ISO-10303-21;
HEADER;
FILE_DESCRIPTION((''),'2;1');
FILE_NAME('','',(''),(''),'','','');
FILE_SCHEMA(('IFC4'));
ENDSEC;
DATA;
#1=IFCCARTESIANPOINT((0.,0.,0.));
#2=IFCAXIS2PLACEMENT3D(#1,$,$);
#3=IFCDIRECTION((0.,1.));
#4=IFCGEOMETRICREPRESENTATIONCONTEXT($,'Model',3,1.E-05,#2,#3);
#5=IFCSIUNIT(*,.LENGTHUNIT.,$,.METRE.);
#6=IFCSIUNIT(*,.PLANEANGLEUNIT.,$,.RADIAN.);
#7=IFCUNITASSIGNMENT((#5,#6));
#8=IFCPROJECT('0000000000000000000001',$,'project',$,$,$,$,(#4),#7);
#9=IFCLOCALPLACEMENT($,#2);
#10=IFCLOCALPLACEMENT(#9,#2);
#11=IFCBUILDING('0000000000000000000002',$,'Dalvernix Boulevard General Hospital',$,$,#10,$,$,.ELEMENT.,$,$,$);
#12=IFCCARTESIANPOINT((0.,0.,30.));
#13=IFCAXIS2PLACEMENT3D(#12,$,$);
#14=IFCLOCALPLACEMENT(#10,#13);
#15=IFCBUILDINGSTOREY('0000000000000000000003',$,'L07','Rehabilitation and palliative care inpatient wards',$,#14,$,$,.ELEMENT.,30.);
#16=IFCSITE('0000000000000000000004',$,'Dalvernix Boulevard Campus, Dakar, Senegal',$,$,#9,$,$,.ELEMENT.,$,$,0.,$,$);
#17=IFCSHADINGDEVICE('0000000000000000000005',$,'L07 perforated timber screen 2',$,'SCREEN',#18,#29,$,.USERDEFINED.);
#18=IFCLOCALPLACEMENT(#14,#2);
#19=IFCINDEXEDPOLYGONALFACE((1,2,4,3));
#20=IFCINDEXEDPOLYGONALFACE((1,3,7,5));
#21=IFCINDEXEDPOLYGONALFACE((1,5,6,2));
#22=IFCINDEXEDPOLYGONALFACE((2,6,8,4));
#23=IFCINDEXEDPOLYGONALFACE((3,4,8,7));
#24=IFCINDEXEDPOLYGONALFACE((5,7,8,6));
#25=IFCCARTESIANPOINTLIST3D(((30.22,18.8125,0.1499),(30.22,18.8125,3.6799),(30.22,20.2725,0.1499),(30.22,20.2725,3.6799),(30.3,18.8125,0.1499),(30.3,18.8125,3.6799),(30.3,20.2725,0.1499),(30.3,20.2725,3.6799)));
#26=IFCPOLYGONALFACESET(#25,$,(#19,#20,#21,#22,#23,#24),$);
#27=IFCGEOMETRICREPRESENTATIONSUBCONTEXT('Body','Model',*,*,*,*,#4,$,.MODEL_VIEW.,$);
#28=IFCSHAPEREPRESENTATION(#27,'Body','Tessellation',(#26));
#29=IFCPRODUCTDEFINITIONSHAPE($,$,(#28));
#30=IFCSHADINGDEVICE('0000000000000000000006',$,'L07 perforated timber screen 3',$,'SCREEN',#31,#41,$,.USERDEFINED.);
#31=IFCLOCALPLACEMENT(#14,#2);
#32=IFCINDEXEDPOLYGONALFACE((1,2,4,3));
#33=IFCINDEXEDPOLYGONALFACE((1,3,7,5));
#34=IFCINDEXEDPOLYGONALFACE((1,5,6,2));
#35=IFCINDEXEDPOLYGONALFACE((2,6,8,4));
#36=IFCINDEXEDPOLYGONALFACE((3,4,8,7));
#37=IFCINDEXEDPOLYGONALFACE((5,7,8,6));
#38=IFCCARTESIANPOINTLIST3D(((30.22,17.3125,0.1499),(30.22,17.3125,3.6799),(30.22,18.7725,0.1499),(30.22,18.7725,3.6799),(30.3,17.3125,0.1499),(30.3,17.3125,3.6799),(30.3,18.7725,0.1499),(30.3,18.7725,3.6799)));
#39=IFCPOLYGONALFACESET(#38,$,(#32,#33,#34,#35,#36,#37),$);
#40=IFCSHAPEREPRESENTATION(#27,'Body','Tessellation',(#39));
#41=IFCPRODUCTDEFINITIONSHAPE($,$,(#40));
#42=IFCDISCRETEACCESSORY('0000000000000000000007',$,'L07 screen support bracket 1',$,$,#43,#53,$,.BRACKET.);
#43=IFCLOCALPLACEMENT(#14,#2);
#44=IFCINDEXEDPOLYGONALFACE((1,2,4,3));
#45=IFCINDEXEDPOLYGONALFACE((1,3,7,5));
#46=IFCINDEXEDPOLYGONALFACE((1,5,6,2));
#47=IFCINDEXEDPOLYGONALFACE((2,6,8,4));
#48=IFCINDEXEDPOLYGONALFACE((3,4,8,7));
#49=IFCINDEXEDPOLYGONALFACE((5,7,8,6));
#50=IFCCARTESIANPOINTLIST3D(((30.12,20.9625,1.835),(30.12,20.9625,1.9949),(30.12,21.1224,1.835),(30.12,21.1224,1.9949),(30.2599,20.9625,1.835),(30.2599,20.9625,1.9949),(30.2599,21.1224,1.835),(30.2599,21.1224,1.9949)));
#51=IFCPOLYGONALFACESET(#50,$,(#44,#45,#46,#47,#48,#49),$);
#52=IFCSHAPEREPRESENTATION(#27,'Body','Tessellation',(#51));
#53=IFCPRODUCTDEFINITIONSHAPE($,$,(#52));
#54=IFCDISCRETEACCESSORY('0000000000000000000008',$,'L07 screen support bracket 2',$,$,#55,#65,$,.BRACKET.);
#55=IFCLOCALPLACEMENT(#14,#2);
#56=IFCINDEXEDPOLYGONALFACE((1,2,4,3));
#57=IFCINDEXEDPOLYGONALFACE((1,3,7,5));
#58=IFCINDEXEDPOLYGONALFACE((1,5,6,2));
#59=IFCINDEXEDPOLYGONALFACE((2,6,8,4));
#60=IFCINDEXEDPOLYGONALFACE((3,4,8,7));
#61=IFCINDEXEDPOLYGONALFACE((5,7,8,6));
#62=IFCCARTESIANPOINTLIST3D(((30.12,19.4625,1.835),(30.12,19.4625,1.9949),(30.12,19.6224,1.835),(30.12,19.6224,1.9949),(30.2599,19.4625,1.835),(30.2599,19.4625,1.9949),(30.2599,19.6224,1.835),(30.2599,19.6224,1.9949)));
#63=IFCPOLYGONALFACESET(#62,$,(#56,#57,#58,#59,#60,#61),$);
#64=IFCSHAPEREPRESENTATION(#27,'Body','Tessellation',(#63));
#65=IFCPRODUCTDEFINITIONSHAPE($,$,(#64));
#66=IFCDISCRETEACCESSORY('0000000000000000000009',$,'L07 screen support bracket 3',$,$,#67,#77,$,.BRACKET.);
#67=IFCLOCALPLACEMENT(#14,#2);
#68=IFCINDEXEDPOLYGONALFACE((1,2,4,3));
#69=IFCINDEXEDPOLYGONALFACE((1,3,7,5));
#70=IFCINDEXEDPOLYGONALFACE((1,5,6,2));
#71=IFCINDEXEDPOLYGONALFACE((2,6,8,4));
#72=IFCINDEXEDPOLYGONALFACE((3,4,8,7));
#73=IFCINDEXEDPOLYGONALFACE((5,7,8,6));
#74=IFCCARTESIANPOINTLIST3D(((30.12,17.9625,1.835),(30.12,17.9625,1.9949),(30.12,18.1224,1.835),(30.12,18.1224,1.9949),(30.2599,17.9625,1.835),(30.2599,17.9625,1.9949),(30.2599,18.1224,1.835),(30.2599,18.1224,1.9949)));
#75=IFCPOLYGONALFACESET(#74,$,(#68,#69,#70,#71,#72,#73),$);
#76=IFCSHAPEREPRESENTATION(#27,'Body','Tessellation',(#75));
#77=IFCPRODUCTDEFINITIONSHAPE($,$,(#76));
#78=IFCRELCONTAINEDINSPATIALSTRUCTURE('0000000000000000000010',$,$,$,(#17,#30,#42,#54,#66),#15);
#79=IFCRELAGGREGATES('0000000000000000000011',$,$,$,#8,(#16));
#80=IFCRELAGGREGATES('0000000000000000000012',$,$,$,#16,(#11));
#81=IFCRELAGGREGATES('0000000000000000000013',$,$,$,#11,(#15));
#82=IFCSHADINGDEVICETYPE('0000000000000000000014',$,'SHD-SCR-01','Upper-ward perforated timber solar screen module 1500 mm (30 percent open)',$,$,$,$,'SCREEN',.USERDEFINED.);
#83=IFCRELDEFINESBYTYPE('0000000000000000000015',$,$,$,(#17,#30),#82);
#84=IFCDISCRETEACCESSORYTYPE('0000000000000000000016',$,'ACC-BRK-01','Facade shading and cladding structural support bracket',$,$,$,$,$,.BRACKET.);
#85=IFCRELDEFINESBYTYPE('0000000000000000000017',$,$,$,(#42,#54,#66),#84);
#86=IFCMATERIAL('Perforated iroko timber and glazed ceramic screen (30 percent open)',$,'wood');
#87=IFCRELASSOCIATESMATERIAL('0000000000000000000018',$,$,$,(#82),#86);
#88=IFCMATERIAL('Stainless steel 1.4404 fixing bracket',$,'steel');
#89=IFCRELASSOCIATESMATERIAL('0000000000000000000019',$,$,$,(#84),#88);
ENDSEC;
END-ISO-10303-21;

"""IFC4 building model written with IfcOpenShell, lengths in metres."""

from ifc_helpers import new_model, si_unit, direction, frame, origin, origin_2d, place, context, subcontext, project, spatial, rectangle, extrude, material, type_object, element, save


model = new_model("IFC4")

# Units and contexts
model_context = context("Model", 3, precision=1e-05, world=origin(), true_north=direction((0.0, 1.0)))
body_context = subcontext(model_context, "Body", "Model", "MODEL_VIEW")
ifc_project = project(units=[si_unit("LENGTHUNIT", "METRE"), si_unit("PLANEANGLEUNIT", "RADIAN")], contexts=[model_context])

# Site, building, storey
site_placement = place(None, origin())
site = spatial("IfcSite", under=ifc_project, at=site_placement, Name="Dalvernix Boulevard Campus, Dakar, Senegal", CompositionType="ELEMENT", RefElevation=0.0)
building_placement = place(site_placement, origin())
building = spatial("IfcBuilding", under=site, at=building_placement, Name="Dalvernix Boulevard General Hospital", CompositionType="ELEMENT")
storey_placement = place(building_placement, frame((0.0, 0.0, 30.0)))
storey = spatial("IfcBuildingStorey", under=building, at=storey_placement, Name="L07", Description="Rehabilitation and palliative care inpatient wards", CompositionType="ELEMENT", Elevation=30.0)

# Shading devices
ifc_material_1 = material(Name="Perforated iroko timber and glazed ceramic screen (30 percent open)", Category="wood")
shading_device_type = type_object("IfcShadingDeviceType", Name="SHD-SCR-01", Description="Upper-ward perforated timber solar screen module 1500 mm (30 percent open)", ElementType="SCREEN", PredefinedType="USERDEFINED", material=ifc_material_1)
for number, where, z_axis, x_axis, name in (
    (1, (30.26, 19.5425, 0.1499), (0.0, 0.0, 1.0), (0.0, -1.0, 0.0), "L07 perforated timber screen 2"),
    (2, (30.26, 18.0425, 0.1499), (0.0, 0.0, 1.0), (0.0, -1.0, 0.0), "L07 perforated timber screen 3"),
):
    element("IfcShadingDevice", number, at=place(storey_placement, frame(where, z_axis=z_axis, x_axis=x_axis)), inside=storey, type_object=shading_device_type, Name=name, ObjectType="SCREEN", PredefinedType="USERDEFINED", context=body_context, shape_type="SweptSolid", body=[
        extrude(rectangle(XDim=1.46, YDim=0.0801, at=origin_2d()), origin(), (0.0, 0.0, 1.0), 3.53),
    ])

# Discrete accessories
ifc_material_2 = material(Name="Stainless steel 1.4404 fixing bracket", Category="steel")
discrete_accessory_type = type_object("IfcDiscreteAccessoryType", Name="ACC-BRK-01", Description="Facade shading and cladding structural support bracket", PredefinedType="BRACKET", material=ifc_material_2)
for number, where, z_axis, x_axis, name in (
    (3, (30.1899, 21.0425, 1.835), (0.0, 0.0, 1.0), (0.0, -1.0, 0.0), "L07 screen support bracket 1"),
    (4, (30.1899, 19.5425, 1.835), (0.0, 0.0, 1.0), (0.0, -1.0, 0.0), "L07 screen support bracket 2"),
    (5, (30.1899, 18.0425, 1.835), (0.0, 0.0, 1.0), (0.0, -1.0, 0.0), "L07 screen support bracket 3"),
):
    element("IfcDiscreteAccessory", number, at=place(storey_placement, frame(where, z_axis=z_axis, x_axis=x_axis)), inside=storey, type_object=discrete_accessory_type, Name=name, PredefinedType="BRACKET", context=body_context, shape_type="SweptSolid", body=[
        extrude(rectangle(XDim=0.1599, YDim=0.1399, at=origin_2d()), origin(), (0.0, 0.0, 1.0), 0.1599),
    ])

save(model, "model.ifc")
